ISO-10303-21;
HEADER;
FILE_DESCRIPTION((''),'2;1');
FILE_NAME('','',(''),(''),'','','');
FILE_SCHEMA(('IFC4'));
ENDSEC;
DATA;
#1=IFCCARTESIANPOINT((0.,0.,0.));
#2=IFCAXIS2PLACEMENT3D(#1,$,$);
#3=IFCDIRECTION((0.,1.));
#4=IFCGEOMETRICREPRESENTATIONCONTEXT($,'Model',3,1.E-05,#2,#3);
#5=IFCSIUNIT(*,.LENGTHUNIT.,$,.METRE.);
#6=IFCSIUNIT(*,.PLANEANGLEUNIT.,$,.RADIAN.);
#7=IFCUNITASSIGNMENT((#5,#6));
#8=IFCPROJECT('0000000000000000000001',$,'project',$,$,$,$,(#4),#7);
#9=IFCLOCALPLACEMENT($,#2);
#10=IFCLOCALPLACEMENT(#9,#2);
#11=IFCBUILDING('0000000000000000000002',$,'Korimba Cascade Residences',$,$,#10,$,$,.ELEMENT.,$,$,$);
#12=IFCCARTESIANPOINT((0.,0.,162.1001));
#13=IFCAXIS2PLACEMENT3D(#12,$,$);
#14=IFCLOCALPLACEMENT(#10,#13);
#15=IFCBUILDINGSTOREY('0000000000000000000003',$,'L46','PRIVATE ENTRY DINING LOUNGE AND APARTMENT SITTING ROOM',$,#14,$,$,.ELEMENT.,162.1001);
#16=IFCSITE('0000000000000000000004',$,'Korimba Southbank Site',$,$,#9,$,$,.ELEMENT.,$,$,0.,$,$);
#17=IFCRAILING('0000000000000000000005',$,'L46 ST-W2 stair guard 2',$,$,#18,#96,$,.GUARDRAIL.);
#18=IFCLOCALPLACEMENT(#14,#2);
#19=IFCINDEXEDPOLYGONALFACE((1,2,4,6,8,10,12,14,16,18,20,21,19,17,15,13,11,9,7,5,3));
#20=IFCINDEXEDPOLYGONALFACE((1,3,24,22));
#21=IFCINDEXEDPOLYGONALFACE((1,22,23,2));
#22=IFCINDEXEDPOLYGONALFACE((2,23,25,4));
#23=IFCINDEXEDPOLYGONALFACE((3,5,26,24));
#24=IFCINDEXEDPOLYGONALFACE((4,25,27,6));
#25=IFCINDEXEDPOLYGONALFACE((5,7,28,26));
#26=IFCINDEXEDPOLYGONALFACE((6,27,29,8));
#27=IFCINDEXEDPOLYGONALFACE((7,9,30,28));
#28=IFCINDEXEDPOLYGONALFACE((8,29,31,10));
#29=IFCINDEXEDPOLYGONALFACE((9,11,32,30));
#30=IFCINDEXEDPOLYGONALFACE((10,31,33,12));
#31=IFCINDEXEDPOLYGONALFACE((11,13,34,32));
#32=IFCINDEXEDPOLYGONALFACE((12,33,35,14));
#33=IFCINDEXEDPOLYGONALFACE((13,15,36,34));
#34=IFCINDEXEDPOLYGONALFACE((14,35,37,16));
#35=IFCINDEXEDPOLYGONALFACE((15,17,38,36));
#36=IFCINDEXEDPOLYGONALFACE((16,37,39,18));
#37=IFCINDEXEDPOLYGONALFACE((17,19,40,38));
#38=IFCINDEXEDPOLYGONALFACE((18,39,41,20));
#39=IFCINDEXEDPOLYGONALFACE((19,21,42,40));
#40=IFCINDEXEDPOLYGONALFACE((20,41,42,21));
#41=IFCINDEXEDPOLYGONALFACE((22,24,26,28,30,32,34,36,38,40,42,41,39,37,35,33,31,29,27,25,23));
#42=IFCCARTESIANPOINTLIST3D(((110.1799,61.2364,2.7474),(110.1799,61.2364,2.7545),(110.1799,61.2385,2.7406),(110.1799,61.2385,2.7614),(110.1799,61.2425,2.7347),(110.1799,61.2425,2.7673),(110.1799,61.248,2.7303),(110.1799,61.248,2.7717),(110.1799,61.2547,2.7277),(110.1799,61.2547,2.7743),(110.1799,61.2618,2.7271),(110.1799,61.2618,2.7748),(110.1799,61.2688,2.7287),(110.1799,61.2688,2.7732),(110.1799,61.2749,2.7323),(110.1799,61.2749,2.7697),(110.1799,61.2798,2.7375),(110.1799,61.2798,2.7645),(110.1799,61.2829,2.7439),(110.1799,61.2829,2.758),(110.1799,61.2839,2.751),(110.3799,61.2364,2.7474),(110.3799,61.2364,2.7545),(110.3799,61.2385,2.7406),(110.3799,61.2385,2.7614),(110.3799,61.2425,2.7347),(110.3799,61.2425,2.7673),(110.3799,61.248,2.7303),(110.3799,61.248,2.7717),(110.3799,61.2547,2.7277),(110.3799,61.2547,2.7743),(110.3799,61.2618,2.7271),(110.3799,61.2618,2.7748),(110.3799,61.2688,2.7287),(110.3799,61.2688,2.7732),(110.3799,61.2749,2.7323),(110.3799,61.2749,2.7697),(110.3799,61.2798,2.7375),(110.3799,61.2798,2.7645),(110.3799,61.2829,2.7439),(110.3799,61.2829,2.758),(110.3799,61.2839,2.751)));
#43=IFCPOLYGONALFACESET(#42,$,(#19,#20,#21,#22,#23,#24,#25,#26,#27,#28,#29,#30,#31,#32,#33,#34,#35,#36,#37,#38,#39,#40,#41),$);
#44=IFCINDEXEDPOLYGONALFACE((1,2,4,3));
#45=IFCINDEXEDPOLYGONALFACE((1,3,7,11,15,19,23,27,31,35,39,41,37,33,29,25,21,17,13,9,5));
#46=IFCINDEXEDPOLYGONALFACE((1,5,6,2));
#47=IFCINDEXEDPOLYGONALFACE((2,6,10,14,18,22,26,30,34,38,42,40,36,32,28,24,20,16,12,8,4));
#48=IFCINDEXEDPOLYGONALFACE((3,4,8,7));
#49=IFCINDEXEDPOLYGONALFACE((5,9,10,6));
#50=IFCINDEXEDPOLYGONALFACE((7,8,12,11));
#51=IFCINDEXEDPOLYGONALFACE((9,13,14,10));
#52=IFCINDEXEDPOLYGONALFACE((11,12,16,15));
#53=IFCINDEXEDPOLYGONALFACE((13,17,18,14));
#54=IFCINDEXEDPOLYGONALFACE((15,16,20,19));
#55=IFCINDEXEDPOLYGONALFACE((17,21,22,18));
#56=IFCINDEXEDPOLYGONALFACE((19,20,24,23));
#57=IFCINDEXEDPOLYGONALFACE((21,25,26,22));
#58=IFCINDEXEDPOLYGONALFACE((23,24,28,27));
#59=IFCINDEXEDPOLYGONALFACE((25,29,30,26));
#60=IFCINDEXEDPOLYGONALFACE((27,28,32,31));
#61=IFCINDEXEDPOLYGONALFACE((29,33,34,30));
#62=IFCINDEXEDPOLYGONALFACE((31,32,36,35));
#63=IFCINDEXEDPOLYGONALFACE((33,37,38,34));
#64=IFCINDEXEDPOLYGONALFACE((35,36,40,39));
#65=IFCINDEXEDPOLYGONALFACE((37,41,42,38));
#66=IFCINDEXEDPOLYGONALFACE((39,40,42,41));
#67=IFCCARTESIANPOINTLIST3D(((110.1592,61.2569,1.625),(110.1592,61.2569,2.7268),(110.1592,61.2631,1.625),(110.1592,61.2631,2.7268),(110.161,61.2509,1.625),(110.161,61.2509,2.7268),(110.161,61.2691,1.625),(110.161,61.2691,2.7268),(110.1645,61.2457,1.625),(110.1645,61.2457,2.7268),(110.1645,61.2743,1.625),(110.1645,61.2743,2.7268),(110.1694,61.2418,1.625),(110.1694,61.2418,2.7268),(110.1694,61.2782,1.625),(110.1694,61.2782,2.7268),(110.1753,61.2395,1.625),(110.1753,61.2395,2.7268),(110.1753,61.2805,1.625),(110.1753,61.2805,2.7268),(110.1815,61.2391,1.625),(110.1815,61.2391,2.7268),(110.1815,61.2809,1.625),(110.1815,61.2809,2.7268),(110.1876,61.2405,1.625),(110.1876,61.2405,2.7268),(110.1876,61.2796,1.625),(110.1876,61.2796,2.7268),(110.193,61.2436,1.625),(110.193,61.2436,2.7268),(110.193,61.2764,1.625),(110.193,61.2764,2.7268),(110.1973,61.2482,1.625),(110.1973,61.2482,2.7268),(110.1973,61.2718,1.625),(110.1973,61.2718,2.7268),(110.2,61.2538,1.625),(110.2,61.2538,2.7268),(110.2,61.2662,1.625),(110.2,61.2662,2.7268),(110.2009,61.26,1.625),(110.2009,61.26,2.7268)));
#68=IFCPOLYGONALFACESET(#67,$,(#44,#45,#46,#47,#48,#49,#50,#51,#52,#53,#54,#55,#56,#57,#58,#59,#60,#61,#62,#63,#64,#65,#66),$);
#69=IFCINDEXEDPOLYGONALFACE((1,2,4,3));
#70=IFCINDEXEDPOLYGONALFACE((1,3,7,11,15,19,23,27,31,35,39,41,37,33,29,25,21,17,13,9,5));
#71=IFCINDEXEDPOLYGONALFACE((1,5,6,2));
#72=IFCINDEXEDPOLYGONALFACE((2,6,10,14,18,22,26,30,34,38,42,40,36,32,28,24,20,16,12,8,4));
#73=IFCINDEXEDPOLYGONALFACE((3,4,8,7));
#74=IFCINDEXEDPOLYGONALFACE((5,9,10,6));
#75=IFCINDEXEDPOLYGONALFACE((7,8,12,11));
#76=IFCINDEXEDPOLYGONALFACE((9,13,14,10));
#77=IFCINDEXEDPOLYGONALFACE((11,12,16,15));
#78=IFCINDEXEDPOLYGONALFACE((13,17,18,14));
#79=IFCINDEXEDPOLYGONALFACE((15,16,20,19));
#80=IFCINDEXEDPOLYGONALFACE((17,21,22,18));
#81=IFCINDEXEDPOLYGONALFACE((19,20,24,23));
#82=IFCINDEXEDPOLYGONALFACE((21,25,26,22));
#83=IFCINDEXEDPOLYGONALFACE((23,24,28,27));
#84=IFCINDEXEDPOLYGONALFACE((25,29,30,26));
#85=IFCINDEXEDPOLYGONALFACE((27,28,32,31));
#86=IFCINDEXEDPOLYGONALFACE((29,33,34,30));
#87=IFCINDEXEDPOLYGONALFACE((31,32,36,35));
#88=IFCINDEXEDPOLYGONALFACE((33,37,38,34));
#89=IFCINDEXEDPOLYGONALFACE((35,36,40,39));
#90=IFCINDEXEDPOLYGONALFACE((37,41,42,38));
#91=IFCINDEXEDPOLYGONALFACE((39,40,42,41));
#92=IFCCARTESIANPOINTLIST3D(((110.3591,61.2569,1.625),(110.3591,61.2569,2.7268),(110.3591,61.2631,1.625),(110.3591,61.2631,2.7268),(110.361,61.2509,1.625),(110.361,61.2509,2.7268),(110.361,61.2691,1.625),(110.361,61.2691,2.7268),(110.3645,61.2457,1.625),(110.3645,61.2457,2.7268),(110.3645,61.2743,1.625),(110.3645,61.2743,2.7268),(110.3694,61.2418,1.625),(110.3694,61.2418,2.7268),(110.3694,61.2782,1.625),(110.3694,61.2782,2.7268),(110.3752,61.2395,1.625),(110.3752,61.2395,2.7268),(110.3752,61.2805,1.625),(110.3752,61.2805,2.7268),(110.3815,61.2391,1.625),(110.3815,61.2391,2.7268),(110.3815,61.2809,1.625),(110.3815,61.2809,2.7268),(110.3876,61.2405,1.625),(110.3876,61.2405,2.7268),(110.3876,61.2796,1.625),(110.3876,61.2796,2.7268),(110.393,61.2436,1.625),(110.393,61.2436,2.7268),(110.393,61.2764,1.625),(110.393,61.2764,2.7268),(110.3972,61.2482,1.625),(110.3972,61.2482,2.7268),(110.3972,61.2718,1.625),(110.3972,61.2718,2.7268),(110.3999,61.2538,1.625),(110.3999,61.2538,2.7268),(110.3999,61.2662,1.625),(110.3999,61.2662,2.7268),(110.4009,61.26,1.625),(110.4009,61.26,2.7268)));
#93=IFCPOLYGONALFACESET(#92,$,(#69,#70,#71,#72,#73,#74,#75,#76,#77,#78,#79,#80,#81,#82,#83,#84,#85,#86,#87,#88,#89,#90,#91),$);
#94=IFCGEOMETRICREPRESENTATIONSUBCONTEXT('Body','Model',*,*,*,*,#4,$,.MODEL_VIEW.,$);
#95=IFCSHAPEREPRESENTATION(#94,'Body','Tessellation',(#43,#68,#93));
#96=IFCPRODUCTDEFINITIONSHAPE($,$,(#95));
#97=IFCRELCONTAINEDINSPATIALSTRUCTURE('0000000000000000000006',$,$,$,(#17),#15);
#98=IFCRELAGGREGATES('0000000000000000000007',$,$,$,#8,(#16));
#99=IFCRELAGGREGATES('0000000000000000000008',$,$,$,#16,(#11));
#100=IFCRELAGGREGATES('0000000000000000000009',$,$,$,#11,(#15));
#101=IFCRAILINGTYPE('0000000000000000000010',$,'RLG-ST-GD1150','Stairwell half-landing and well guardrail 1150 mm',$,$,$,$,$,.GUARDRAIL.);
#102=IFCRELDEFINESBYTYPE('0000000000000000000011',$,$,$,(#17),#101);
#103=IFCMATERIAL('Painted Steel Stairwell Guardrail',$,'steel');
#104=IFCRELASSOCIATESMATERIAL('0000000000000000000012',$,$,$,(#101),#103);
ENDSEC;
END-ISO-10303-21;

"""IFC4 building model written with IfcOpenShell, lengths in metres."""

from ifc_helpers import new_model, si_unit, direction, frame, origin, origin_2d, place, context, subcontext, project, spatial, circle, extrude, material, type_object, element, save


model = new_model("IFC4")

# Units and contexts
model_context = context("Model", 3, precision=1e-05, world=origin(), true_north=direction((0.0, 1.0)))
body_context = subcontext(model_context, "Body", "Model", "MODEL_VIEW")
ifc_project = project(units=[si_unit("LENGTHUNIT", "METRE"), si_unit("PLANEANGLEUNIT", "RADIAN")], contexts=[model_context])

# Site, building, storey
site_placement = place(None, origin())
site = spatial("IfcSite", under=ifc_project, at=site_placement, Name="Korimba Southbank Site", CompositionType="ELEMENT", RefElevation=0.0)
building_placement = place(site_placement, origin())
building = spatial("IfcBuilding", under=site, at=building_placement, Name="Korimba Cascade Residences", CompositionType="ELEMENT")
storey_placement = place(building_placement, frame((0.0, 0.0, 162.1001)))
storey = spatial("IfcBuildingStorey", under=building, at=storey_placement, Name="L46", Description="PRIVATE ENTRY DINING LOUNGE AND APARTMENT SITTING ROOM", CompositionType="ELEMENT", Elevation=162.1001)

# Railing
ifc_material_1 = material(Name="Painted Steel Stairwell Guardrail", Category="steel")
railing_type_1 = type_object("IfcRailingType", Name="RLG-ST-GD1150", Description="Stairwell half-landing and well guardrail 1150 mm", PredefinedType="GUARDRAIL", material=ifc_material_1)
railing_1_placement = place(storey_placement, frame((110.1799, 61.26, 1.625)))
element("IfcRailing", 1, at=railing_1_placement, inside=storey, type_object=railing_type_1, Name="L46 ST-W2 stair guard 2", PredefinedType="GUARDRAIL", context=body_context, shape_type="SweptSolid", body=[
    extrude(circle(Radius=0.0239, at=origin_2d()), frame((0.0, 0.0, 1.126), z_axis=(1.0, 0.0, 0.0), x_axis=(0.0, 1.0, 0.0)), (0.0, 0.0, 1.0), 0.2),
    extrude(circle(Radius=0.021, at=origin_2d()), origin(), (0.0, 0.0, 1.0), 1.1018),
    extrude(circle(Radius=0.021, at=origin_2d()), frame((0.2, 0.0, 0.0)), (0.0, 0.0, 1.0), 1.1018),
])

save(model, "model.ifc")
